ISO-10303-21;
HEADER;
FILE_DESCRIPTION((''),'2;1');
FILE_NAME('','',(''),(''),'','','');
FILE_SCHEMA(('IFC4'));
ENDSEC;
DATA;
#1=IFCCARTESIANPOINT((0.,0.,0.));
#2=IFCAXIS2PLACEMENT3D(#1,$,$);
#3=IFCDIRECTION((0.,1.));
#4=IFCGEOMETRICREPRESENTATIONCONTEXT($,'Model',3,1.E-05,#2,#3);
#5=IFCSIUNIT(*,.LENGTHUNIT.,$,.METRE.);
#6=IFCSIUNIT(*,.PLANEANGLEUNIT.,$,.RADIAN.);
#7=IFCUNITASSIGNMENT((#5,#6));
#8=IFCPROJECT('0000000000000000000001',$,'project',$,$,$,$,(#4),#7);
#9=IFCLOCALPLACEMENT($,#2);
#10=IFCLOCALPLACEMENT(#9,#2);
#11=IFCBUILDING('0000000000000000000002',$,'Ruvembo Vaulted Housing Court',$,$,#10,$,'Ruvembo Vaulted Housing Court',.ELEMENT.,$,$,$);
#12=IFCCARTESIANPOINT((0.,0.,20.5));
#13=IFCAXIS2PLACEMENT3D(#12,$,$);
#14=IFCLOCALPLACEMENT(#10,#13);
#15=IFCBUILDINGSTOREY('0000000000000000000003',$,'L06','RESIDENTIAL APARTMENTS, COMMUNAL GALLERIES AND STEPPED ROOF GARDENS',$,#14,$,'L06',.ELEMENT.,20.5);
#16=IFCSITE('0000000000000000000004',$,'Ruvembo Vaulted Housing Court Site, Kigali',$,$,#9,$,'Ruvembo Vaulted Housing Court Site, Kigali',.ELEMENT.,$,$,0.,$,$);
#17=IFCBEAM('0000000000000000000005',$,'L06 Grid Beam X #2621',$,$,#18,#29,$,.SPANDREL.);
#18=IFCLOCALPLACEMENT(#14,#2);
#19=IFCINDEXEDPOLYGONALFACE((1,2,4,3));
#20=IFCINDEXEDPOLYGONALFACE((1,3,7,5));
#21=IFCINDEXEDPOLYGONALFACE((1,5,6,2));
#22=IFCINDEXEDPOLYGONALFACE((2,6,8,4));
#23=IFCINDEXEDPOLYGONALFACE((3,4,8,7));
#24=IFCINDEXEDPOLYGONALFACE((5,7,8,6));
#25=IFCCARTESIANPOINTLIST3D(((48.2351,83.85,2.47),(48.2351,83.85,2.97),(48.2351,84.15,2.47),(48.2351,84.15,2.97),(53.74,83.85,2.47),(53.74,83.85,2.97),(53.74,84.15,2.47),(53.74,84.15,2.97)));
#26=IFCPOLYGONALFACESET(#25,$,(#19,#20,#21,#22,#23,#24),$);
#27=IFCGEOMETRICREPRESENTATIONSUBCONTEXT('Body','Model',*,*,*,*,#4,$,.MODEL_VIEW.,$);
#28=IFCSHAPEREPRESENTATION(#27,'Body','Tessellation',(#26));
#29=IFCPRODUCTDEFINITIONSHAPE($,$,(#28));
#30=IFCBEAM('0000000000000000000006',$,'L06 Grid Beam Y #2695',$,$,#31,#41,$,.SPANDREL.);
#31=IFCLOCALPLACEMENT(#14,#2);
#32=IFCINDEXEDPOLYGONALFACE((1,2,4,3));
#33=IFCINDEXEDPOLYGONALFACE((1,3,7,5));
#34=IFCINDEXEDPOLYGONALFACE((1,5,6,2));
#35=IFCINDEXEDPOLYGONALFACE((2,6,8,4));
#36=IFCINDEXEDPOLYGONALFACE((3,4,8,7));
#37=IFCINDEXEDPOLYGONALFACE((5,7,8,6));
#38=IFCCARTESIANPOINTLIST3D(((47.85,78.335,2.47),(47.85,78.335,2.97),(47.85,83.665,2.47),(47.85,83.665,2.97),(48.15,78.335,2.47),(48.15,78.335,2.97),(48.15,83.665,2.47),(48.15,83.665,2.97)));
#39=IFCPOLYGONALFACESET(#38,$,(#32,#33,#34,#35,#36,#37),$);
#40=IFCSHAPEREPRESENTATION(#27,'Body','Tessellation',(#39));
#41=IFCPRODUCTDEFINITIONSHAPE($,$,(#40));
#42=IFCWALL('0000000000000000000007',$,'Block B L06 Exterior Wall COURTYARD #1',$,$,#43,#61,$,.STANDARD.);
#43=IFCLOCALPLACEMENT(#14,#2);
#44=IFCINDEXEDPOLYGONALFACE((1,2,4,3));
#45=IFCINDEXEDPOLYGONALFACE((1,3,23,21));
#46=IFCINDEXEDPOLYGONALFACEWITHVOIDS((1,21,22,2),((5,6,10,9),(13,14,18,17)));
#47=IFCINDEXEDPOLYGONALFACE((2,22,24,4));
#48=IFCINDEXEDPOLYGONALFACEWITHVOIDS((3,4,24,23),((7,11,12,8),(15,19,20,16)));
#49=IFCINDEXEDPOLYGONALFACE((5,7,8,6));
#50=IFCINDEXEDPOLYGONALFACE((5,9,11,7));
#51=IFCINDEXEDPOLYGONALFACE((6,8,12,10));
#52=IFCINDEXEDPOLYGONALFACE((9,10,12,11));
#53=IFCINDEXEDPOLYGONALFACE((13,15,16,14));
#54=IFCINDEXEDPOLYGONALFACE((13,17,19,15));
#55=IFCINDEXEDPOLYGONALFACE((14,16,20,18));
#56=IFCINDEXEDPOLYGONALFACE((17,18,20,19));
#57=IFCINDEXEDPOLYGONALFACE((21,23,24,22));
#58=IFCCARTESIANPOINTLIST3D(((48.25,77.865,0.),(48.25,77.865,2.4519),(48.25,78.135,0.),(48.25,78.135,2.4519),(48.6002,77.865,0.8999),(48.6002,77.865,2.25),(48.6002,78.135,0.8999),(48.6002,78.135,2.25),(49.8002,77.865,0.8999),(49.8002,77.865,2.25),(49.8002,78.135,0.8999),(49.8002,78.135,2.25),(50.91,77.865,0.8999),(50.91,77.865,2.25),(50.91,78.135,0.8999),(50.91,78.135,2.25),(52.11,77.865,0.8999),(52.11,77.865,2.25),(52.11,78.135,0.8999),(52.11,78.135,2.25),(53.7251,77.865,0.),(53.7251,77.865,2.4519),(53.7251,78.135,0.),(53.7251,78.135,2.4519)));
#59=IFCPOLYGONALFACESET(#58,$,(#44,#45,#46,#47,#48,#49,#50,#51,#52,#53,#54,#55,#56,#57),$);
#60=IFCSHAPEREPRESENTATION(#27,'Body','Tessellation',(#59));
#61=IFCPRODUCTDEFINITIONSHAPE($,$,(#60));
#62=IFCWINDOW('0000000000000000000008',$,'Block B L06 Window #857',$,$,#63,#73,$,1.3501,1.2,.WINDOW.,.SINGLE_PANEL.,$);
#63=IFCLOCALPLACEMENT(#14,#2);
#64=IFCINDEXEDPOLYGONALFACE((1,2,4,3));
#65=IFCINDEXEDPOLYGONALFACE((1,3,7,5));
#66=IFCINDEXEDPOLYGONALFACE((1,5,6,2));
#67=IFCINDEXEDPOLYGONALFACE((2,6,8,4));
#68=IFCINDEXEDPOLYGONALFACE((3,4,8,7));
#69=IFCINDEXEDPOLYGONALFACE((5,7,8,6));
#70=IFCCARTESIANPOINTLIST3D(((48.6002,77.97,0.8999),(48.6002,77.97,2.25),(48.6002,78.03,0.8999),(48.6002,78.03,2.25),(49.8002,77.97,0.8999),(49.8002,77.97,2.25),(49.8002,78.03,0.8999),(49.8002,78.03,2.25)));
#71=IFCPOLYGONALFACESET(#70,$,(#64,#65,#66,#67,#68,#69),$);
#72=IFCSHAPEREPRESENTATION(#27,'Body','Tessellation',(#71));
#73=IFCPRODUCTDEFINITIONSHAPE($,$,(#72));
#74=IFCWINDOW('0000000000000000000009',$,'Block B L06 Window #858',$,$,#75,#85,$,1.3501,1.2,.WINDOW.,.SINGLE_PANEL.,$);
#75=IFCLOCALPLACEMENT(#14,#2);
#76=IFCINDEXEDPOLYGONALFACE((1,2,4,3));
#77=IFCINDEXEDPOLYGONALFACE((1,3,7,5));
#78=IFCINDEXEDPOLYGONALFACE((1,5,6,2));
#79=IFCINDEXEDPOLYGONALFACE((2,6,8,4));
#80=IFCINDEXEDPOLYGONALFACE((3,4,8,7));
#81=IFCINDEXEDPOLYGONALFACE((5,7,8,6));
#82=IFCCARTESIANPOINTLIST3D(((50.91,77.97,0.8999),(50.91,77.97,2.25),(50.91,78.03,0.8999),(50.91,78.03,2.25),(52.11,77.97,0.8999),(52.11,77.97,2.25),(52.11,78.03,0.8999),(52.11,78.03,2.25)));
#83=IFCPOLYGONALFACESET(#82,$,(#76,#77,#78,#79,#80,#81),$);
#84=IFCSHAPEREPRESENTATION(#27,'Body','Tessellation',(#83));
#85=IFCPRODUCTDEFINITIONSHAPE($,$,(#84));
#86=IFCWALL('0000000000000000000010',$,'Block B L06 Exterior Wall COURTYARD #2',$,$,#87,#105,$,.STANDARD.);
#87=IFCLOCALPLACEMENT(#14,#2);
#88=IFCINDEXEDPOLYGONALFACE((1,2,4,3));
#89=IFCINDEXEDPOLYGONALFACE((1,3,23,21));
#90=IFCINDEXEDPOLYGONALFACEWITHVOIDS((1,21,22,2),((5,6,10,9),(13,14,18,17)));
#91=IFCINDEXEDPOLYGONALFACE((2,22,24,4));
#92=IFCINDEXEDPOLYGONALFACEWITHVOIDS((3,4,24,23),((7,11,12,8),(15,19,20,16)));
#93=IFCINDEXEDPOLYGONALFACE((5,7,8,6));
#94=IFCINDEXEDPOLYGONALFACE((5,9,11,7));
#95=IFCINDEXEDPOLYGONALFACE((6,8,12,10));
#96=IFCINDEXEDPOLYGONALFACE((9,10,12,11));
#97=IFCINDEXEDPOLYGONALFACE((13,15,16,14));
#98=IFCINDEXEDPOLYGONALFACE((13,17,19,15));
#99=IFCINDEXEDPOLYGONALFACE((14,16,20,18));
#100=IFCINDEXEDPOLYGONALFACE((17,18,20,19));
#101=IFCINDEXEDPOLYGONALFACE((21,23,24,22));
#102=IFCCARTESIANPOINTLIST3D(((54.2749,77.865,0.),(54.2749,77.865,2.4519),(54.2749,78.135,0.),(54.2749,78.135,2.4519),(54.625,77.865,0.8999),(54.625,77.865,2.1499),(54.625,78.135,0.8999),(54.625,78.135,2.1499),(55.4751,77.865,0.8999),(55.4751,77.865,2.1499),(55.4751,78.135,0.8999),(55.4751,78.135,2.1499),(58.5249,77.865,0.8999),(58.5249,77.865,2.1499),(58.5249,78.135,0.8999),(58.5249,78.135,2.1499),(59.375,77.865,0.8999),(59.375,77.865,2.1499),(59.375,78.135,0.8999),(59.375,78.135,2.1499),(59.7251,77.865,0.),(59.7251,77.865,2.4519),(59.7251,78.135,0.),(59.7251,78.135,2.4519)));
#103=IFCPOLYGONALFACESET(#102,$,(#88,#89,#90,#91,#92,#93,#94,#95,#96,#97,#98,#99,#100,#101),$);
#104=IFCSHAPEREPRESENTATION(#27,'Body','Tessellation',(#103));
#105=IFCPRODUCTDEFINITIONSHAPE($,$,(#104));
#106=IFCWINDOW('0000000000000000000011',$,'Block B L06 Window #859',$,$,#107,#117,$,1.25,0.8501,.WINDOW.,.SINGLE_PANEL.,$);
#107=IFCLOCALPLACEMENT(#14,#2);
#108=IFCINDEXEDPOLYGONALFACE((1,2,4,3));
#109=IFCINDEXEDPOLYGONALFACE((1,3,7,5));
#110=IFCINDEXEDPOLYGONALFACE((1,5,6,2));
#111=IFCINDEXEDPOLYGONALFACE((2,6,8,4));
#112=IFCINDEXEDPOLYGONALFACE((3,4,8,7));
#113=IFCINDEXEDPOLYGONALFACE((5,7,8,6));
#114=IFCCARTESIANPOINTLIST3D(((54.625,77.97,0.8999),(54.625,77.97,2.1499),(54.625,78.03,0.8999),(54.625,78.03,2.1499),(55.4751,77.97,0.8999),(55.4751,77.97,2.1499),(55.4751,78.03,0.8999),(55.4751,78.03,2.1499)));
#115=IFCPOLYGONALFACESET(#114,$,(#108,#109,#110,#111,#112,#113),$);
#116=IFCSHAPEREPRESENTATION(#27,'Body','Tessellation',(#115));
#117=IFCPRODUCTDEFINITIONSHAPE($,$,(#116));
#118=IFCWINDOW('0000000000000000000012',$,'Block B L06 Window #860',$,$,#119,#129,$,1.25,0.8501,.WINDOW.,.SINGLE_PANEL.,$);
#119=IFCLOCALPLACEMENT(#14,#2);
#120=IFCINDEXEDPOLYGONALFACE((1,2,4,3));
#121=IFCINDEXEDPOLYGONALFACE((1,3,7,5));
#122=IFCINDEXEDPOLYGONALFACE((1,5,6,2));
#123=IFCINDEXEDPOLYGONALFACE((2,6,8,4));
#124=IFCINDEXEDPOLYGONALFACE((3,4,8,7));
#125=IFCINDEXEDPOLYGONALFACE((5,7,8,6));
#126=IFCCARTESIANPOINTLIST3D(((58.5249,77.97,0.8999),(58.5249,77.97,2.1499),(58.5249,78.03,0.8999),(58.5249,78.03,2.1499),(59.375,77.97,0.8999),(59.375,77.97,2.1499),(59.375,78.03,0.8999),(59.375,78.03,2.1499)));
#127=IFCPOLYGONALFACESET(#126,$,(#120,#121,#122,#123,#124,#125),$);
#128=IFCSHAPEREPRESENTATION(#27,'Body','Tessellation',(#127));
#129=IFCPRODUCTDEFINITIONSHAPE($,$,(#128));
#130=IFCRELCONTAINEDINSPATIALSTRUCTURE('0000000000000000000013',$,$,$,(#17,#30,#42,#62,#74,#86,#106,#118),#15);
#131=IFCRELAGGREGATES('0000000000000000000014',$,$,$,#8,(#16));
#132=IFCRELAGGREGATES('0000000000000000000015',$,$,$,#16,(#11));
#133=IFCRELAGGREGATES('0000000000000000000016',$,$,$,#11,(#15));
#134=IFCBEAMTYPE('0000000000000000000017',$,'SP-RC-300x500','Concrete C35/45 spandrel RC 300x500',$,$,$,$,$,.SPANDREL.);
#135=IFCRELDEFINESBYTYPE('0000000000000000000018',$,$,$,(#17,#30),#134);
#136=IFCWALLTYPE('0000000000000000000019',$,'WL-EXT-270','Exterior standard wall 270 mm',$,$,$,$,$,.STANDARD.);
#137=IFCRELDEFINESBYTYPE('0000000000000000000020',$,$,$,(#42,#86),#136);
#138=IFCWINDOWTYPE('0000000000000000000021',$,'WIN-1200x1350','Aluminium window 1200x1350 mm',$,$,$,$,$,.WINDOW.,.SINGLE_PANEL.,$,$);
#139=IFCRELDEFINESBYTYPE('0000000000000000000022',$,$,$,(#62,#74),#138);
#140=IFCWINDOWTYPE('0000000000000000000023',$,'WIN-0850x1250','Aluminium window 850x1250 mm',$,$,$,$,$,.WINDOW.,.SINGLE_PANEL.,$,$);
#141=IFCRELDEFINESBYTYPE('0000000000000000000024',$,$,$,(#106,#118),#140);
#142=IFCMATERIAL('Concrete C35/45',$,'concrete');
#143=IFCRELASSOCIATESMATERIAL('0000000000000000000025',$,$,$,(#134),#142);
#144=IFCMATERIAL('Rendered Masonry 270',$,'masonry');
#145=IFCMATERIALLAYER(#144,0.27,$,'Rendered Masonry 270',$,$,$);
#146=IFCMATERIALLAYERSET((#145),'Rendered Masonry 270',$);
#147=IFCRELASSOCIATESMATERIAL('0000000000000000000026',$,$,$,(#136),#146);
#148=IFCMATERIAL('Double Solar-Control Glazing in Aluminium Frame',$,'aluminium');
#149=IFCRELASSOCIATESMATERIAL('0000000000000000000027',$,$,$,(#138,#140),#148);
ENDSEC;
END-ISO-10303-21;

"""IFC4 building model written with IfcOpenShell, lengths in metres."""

from ifc_helpers import new_model, si_unit, direction, frame, frame_2d, origin, origin_2d, place, context, subcontext, project, spatial, rectangle, extrude, material, layer, layer_set, material_profile, profile_set, type_object, element, fill, save


model = new_model("IFC4")

# Units and contexts
model_context = context("Model", 3, precision=1e-05, world=origin(), true_north=direction((0.0, 1.0)))
body_context = subcontext(model_context, "Body", "Model", "MODEL_VIEW")
ifc_project = project(units=[si_unit("LENGTHUNIT", "METRE"), si_unit("PLANEANGLEUNIT", "RADIAN")], contexts=[model_context])

# Site, building, storey
site_placement = place(None, origin())
site = spatial("IfcSite", under=ifc_project, at=site_placement, Name="Ruvembo Vaulted Housing Court Site, Kigali", LongName="Ruvembo Vaulted Housing Court Site, Kigali", CompositionType="ELEMENT", RefElevation=0.0)
building_placement = place(site_placement, origin())
building = spatial("IfcBuilding", under=site, at=building_placement, Name="Ruvembo Vaulted Housing Court", LongName="Ruvembo Vaulted Housing Court", CompositionType="ELEMENT")
storey_placement = place(building_placement, frame((0.0, 0.0, 20.5)))
storey = spatial("IfcBuildingStorey", under=building, at=storey_placement, Name="L06", Description="RESIDENTIAL APARTMENTS, COMMUNAL GALLERIES AND STEPPED ROOF GARDENS", LongName="L06", CompositionType="ELEMENT", Elevation=20.5)

# Shared definitions
ifc_material_1 = material(Name="Concrete C35/45", Category="concrete")

# Beams
ifc_material_profile_1 = material_profile(ifc_material_1, rectangle(XDim=0.3, YDim=0.5, at=origin_2d()), Name="RC 300x500")
ifc_profile_set_1 = profile_set([ifc_material_profile_1], Name="Concrete C35/45")
beam_type_1 = type_object("IfcBeamType", Name="SP-RC-300x500", Description="Concrete C35/45 spandrel RC 300x500", PredefinedType="SPANDREL", material=ifc_profile_set_1)
beam_1_placement = place(storey_placement, frame((48.2351, 84.0, 2.72), z_axis=(1.0, 0.0, 0.0), x_axis=(0.0, 1.0, 0.0)))
element("IfcBeam", 1, at=beam_1_placement, inside=storey, type_object=beam_type_1, Name="L06 Grid Beam X #2621", PredefinedType="SPANDREL", context=body_context, shape_type="SweptSolid", body=[
    extrude(rectangle(XDim=0.3, YDim=0.5, at=origin_2d()), origin(), (0.0, 0.0, 1.0), 5.5049),
])
beam_2_placement = place(storey_placement, frame((48.0, 78.335, 2.72), z_axis=(0.0, 1.0, 0.0), x_axis=(-1.0, 0.0, 0.0)))
element("IfcBeam", 2, at=beam_2_placement, inside=storey, type_object=beam_type_1, Name="L06 Grid Beam Y #2695", PredefinedType="SPANDREL", context=body_context, shape_type="SweptSolid", body=[
    extrude(rectangle(XDim=0.3, YDim=0.5, at=origin_2d()), origin(), (0.0, 0.0, 1.0), 5.3301),
])

# Walls, openings, windows
ifc_material_2 = material(Name="Rendered Masonry 270", Category="masonry")
ifc_layer_1 = layer(ifc_material_2, 0.27, Name="Rendered Masonry 270")
ifc_layer_set_1 = layer_set([ifc_layer_1], Name="Rendered Masonry 270")
wall_type_1 = type_object("IfcWallType", Name="WL-EXT-270", Description="Exterior standard wall 270 mm", PredefinedType="STANDARD", material=ifc_layer_set_1)
wall_1_placement = place(storey_placement, frame((48.25, 78.0, 0.0), z_axis=(0.0, 0.0, 1.0), x_axis=(1.0, 0.0, 0.0)))
wall_1 = element("IfcWall", 3, at=wall_1_placement, inside=storey, type_object=wall_type_1, Name="Block B L06 Exterior Wall COURTYARD #1", PredefinedType="STANDARD", context=body_context, shape_type="SweptSolid", body=[
    extrude(rectangle(XDim=5.4751, YDim=0.27, at=frame_2d((2.7375, 0.0))), origin(), (0.0, 0.0, 1.0), 2.4519),
])
opening_1_placement = place(wall_1_placement, frame((0.3501, 0.0, 0.8999)))
opening_1 = element("IfcOpeningElement", 4, at=opening_1_placement, cuts=wall_1, PredefinedType="OPENING", context=body_context, shape_type="SweptSolid", body=[
    extrude(rectangle(XDim=1.2, YDim=1.3501, at=frame_2d((0.6001, 0.675))), frame((0.0, 0.145, 0.0), z_axis=(0.0, -1.0, 0.0), x_axis=(1.0, 0.0, 0.0)), (0.0, 0.0, 1.0), 0.29),
])
opening_2_placement = place(wall_1_placement, frame((2.6599, 0.0, 0.8999)))
opening_2 = element("IfcOpeningElement", 5, at=opening_2_placement, cuts=wall_1, PredefinedType="OPENING", context=body_context, shape_type="SweptSolid", body=[
    extrude(rectangle(XDim=1.2, YDim=1.3501, at=frame_2d((0.6001, 0.675))), frame((0.0, 0.145, 0.0), z_axis=(0.0, -1.0, 0.0), x_axis=(1.0, 0.0, 0.0)), (0.0, 0.0, 1.0), 0.29),
])
ifc_material_3 = material(Name="Double Solar-Control Glazing in Aluminium Frame", Category="aluminium")
window_type_1 = type_object("IfcWindowType", Name="WIN-1200x1350", Description="Aluminium window 1200x1350 mm", PartitioningType="SINGLE_PANEL", PredefinedType="WINDOW", material=ifc_material_3)
window_1_placement = place(opening_1_placement, origin())
window_1 = element("IfcWindow", 6, at=window_1_placement, inside=storey, type_object=window_type_1, Name="Block B L06 Window #857", OverallHeight=1.3501, OverallWidth=1.2, PartitioningType="SINGLE_PANEL", PredefinedType="WINDOW", context=body_context, shape_type="SweptSolid", body=[
    extrude(rectangle(XDim=1.2, YDim=1.3501, at=frame_2d((0.6001, 0.675))), frame((0.0, 0.03, 0.0), z_axis=(0.0, -1.0, 0.0), x_axis=(1.0, 0.0, 0.0)), (0.0, 0.0, 1.0), 0.0601),
])
fill(opening_1, window_1)
window_2_placement = place(opening_2_placement, origin())
window_2 = element("IfcWindow", 7, at=window_2_placement, inside=storey, type_object=window_type_1, Name="Block B L06 Window #858", OverallHeight=1.3501, OverallWidth=1.2, PartitioningType="SINGLE_PANEL", PredefinedType="WINDOW", context=body_context, shape_type="SweptSolid", body=[
    extrude(rectangle(XDim=1.2, YDim=1.3501, at=frame_2d((0.6001, 0.675))), frame((0.0, 0.03, 0.0), z_axis=(0.0, -1.0, 0.0), x_axis=(1.0, 0.0, 0.0)), (0.0, 0.0, 1.0), 0.0601),
])
fill(opening_2, window_2)
wall_2_placement = place(storey_placement, frame((54.2749, 78.0, 0.0), z_axis=(0.0, 0.0, 1.0), x_axis=(1.0, 0.0, 0.0)))
wall_2 = element("IfcWall", 8, at=wall_2_placement, inside=storey, type_object=wall_type_1, Name="Block B L06 Exterior Wall COURTYARD #2", PredefinedType="STANDARD", context=body_context, shape_type="SweptSolid", body=[
    extrude(rectangle(XDim=5.4502, YDim=0.27, at=frame_2d((2.7251, 0.0))), origin(), (0.0, 0.0, 1.0), 2.4519),
])
opening_3_placement = place(wall_2_placement, frame((0.3501, 0.0, 0.8999)))
opening_3 = element("IfcOpeningElement", 9, at=opening_3_placement, cuts=wall_2, PredefinedType="OPENING", context=body_context, shape_type="SweptSolid", body=[
    extrude(rectangle(XDim=0.8501, YDim=1.25, at=frame_2d((0.425, 0.625))), frame((0.0, 0.145, 0.0), z_axis=(0.0, -1.0, 0.0), x_axis=(1.0, 0.0, 0.0)), (0.0, 0.0, 1.0), 0.29),
])
opening_4_placement = place(wall_2_placement, frame((4.25, 0.0, 0.8999)))
opening_4 = element("IfcOpeningElement", 10, at=opening_4_placement, cuts=wall_2, PredefinedType="OPENING", context=body_context, shape_type="SweptSolid", body=[
    extrude(rectangle(XDim=0.8501, YDim=1.25, at=frame_2d((0.425, 0.625))), frame((0.0, 0.145, 0.0), z_axis=(0.0, -1.0, 0.0), x_axis=(1.0, 0.0, 0.0)), (0.0, 0.0, 1.0), 0.29),
])
window_type_2 = type_object("IfcWindowType", Name="WIN-0850x1250", Description="Aluminium window 850x1250 mm", PartitioningType="SINGLE_PANEL", PredefinedType="WINDOW", material=ifc_material_3)
window_3_placement = place(opening_3_placement, origin())
window_3 = element("IfcWindow", 11, at=window_3_placement, inside=storey, type_object=window_type_2, Name="Block B L06 Window #859", OverallHeight=1.25, OverallWidth=0.8501, PartitioningType="SINGLE_PANEL", PredefinedType="WINDOW", context=body_context, shape_type="SweptSolid", body=[
    extrude(rectangle(XDim=0.8501, YDim=1.25, at=frame_2d((0.425, 0.625))), frame((0.0, 0.03, 0.0), z_axis=(0.0, -1.0, 0.0), x_axis=(1.0, 0.0, 0.0)), (0.0, 0.0, 1.0), 0.0601),
])
fill(opening_3, window_3)
window_4_placement = place(opening_4_placement, origin())
window_4 = element("IfcWindow", 12, at=window_4_placement, inside=storey, type_object=window_type_2, Name="Block B L06 Window #860", OverallHeight=1.25, OverallWidth=0.8501, PartitioningType="SINGLE_PANEL", PredefinedType="WINDOW", context=body_context, shape_type="SweptSolid", body=[
    extrude(rectangle(XDim=0.8501, YDim=1.25, at=frame_2d((0.425, 0.625))), frame((0.0, 0.03, 0.0), z_axis=(0.0, -1.0, 0.0), x_axis=(1.0, 0.0, 0.0)), (0.0, 0.0, 1.0), 0.0601),
])
fill(opening_4, window_4)

save(model, "model.ifc")
